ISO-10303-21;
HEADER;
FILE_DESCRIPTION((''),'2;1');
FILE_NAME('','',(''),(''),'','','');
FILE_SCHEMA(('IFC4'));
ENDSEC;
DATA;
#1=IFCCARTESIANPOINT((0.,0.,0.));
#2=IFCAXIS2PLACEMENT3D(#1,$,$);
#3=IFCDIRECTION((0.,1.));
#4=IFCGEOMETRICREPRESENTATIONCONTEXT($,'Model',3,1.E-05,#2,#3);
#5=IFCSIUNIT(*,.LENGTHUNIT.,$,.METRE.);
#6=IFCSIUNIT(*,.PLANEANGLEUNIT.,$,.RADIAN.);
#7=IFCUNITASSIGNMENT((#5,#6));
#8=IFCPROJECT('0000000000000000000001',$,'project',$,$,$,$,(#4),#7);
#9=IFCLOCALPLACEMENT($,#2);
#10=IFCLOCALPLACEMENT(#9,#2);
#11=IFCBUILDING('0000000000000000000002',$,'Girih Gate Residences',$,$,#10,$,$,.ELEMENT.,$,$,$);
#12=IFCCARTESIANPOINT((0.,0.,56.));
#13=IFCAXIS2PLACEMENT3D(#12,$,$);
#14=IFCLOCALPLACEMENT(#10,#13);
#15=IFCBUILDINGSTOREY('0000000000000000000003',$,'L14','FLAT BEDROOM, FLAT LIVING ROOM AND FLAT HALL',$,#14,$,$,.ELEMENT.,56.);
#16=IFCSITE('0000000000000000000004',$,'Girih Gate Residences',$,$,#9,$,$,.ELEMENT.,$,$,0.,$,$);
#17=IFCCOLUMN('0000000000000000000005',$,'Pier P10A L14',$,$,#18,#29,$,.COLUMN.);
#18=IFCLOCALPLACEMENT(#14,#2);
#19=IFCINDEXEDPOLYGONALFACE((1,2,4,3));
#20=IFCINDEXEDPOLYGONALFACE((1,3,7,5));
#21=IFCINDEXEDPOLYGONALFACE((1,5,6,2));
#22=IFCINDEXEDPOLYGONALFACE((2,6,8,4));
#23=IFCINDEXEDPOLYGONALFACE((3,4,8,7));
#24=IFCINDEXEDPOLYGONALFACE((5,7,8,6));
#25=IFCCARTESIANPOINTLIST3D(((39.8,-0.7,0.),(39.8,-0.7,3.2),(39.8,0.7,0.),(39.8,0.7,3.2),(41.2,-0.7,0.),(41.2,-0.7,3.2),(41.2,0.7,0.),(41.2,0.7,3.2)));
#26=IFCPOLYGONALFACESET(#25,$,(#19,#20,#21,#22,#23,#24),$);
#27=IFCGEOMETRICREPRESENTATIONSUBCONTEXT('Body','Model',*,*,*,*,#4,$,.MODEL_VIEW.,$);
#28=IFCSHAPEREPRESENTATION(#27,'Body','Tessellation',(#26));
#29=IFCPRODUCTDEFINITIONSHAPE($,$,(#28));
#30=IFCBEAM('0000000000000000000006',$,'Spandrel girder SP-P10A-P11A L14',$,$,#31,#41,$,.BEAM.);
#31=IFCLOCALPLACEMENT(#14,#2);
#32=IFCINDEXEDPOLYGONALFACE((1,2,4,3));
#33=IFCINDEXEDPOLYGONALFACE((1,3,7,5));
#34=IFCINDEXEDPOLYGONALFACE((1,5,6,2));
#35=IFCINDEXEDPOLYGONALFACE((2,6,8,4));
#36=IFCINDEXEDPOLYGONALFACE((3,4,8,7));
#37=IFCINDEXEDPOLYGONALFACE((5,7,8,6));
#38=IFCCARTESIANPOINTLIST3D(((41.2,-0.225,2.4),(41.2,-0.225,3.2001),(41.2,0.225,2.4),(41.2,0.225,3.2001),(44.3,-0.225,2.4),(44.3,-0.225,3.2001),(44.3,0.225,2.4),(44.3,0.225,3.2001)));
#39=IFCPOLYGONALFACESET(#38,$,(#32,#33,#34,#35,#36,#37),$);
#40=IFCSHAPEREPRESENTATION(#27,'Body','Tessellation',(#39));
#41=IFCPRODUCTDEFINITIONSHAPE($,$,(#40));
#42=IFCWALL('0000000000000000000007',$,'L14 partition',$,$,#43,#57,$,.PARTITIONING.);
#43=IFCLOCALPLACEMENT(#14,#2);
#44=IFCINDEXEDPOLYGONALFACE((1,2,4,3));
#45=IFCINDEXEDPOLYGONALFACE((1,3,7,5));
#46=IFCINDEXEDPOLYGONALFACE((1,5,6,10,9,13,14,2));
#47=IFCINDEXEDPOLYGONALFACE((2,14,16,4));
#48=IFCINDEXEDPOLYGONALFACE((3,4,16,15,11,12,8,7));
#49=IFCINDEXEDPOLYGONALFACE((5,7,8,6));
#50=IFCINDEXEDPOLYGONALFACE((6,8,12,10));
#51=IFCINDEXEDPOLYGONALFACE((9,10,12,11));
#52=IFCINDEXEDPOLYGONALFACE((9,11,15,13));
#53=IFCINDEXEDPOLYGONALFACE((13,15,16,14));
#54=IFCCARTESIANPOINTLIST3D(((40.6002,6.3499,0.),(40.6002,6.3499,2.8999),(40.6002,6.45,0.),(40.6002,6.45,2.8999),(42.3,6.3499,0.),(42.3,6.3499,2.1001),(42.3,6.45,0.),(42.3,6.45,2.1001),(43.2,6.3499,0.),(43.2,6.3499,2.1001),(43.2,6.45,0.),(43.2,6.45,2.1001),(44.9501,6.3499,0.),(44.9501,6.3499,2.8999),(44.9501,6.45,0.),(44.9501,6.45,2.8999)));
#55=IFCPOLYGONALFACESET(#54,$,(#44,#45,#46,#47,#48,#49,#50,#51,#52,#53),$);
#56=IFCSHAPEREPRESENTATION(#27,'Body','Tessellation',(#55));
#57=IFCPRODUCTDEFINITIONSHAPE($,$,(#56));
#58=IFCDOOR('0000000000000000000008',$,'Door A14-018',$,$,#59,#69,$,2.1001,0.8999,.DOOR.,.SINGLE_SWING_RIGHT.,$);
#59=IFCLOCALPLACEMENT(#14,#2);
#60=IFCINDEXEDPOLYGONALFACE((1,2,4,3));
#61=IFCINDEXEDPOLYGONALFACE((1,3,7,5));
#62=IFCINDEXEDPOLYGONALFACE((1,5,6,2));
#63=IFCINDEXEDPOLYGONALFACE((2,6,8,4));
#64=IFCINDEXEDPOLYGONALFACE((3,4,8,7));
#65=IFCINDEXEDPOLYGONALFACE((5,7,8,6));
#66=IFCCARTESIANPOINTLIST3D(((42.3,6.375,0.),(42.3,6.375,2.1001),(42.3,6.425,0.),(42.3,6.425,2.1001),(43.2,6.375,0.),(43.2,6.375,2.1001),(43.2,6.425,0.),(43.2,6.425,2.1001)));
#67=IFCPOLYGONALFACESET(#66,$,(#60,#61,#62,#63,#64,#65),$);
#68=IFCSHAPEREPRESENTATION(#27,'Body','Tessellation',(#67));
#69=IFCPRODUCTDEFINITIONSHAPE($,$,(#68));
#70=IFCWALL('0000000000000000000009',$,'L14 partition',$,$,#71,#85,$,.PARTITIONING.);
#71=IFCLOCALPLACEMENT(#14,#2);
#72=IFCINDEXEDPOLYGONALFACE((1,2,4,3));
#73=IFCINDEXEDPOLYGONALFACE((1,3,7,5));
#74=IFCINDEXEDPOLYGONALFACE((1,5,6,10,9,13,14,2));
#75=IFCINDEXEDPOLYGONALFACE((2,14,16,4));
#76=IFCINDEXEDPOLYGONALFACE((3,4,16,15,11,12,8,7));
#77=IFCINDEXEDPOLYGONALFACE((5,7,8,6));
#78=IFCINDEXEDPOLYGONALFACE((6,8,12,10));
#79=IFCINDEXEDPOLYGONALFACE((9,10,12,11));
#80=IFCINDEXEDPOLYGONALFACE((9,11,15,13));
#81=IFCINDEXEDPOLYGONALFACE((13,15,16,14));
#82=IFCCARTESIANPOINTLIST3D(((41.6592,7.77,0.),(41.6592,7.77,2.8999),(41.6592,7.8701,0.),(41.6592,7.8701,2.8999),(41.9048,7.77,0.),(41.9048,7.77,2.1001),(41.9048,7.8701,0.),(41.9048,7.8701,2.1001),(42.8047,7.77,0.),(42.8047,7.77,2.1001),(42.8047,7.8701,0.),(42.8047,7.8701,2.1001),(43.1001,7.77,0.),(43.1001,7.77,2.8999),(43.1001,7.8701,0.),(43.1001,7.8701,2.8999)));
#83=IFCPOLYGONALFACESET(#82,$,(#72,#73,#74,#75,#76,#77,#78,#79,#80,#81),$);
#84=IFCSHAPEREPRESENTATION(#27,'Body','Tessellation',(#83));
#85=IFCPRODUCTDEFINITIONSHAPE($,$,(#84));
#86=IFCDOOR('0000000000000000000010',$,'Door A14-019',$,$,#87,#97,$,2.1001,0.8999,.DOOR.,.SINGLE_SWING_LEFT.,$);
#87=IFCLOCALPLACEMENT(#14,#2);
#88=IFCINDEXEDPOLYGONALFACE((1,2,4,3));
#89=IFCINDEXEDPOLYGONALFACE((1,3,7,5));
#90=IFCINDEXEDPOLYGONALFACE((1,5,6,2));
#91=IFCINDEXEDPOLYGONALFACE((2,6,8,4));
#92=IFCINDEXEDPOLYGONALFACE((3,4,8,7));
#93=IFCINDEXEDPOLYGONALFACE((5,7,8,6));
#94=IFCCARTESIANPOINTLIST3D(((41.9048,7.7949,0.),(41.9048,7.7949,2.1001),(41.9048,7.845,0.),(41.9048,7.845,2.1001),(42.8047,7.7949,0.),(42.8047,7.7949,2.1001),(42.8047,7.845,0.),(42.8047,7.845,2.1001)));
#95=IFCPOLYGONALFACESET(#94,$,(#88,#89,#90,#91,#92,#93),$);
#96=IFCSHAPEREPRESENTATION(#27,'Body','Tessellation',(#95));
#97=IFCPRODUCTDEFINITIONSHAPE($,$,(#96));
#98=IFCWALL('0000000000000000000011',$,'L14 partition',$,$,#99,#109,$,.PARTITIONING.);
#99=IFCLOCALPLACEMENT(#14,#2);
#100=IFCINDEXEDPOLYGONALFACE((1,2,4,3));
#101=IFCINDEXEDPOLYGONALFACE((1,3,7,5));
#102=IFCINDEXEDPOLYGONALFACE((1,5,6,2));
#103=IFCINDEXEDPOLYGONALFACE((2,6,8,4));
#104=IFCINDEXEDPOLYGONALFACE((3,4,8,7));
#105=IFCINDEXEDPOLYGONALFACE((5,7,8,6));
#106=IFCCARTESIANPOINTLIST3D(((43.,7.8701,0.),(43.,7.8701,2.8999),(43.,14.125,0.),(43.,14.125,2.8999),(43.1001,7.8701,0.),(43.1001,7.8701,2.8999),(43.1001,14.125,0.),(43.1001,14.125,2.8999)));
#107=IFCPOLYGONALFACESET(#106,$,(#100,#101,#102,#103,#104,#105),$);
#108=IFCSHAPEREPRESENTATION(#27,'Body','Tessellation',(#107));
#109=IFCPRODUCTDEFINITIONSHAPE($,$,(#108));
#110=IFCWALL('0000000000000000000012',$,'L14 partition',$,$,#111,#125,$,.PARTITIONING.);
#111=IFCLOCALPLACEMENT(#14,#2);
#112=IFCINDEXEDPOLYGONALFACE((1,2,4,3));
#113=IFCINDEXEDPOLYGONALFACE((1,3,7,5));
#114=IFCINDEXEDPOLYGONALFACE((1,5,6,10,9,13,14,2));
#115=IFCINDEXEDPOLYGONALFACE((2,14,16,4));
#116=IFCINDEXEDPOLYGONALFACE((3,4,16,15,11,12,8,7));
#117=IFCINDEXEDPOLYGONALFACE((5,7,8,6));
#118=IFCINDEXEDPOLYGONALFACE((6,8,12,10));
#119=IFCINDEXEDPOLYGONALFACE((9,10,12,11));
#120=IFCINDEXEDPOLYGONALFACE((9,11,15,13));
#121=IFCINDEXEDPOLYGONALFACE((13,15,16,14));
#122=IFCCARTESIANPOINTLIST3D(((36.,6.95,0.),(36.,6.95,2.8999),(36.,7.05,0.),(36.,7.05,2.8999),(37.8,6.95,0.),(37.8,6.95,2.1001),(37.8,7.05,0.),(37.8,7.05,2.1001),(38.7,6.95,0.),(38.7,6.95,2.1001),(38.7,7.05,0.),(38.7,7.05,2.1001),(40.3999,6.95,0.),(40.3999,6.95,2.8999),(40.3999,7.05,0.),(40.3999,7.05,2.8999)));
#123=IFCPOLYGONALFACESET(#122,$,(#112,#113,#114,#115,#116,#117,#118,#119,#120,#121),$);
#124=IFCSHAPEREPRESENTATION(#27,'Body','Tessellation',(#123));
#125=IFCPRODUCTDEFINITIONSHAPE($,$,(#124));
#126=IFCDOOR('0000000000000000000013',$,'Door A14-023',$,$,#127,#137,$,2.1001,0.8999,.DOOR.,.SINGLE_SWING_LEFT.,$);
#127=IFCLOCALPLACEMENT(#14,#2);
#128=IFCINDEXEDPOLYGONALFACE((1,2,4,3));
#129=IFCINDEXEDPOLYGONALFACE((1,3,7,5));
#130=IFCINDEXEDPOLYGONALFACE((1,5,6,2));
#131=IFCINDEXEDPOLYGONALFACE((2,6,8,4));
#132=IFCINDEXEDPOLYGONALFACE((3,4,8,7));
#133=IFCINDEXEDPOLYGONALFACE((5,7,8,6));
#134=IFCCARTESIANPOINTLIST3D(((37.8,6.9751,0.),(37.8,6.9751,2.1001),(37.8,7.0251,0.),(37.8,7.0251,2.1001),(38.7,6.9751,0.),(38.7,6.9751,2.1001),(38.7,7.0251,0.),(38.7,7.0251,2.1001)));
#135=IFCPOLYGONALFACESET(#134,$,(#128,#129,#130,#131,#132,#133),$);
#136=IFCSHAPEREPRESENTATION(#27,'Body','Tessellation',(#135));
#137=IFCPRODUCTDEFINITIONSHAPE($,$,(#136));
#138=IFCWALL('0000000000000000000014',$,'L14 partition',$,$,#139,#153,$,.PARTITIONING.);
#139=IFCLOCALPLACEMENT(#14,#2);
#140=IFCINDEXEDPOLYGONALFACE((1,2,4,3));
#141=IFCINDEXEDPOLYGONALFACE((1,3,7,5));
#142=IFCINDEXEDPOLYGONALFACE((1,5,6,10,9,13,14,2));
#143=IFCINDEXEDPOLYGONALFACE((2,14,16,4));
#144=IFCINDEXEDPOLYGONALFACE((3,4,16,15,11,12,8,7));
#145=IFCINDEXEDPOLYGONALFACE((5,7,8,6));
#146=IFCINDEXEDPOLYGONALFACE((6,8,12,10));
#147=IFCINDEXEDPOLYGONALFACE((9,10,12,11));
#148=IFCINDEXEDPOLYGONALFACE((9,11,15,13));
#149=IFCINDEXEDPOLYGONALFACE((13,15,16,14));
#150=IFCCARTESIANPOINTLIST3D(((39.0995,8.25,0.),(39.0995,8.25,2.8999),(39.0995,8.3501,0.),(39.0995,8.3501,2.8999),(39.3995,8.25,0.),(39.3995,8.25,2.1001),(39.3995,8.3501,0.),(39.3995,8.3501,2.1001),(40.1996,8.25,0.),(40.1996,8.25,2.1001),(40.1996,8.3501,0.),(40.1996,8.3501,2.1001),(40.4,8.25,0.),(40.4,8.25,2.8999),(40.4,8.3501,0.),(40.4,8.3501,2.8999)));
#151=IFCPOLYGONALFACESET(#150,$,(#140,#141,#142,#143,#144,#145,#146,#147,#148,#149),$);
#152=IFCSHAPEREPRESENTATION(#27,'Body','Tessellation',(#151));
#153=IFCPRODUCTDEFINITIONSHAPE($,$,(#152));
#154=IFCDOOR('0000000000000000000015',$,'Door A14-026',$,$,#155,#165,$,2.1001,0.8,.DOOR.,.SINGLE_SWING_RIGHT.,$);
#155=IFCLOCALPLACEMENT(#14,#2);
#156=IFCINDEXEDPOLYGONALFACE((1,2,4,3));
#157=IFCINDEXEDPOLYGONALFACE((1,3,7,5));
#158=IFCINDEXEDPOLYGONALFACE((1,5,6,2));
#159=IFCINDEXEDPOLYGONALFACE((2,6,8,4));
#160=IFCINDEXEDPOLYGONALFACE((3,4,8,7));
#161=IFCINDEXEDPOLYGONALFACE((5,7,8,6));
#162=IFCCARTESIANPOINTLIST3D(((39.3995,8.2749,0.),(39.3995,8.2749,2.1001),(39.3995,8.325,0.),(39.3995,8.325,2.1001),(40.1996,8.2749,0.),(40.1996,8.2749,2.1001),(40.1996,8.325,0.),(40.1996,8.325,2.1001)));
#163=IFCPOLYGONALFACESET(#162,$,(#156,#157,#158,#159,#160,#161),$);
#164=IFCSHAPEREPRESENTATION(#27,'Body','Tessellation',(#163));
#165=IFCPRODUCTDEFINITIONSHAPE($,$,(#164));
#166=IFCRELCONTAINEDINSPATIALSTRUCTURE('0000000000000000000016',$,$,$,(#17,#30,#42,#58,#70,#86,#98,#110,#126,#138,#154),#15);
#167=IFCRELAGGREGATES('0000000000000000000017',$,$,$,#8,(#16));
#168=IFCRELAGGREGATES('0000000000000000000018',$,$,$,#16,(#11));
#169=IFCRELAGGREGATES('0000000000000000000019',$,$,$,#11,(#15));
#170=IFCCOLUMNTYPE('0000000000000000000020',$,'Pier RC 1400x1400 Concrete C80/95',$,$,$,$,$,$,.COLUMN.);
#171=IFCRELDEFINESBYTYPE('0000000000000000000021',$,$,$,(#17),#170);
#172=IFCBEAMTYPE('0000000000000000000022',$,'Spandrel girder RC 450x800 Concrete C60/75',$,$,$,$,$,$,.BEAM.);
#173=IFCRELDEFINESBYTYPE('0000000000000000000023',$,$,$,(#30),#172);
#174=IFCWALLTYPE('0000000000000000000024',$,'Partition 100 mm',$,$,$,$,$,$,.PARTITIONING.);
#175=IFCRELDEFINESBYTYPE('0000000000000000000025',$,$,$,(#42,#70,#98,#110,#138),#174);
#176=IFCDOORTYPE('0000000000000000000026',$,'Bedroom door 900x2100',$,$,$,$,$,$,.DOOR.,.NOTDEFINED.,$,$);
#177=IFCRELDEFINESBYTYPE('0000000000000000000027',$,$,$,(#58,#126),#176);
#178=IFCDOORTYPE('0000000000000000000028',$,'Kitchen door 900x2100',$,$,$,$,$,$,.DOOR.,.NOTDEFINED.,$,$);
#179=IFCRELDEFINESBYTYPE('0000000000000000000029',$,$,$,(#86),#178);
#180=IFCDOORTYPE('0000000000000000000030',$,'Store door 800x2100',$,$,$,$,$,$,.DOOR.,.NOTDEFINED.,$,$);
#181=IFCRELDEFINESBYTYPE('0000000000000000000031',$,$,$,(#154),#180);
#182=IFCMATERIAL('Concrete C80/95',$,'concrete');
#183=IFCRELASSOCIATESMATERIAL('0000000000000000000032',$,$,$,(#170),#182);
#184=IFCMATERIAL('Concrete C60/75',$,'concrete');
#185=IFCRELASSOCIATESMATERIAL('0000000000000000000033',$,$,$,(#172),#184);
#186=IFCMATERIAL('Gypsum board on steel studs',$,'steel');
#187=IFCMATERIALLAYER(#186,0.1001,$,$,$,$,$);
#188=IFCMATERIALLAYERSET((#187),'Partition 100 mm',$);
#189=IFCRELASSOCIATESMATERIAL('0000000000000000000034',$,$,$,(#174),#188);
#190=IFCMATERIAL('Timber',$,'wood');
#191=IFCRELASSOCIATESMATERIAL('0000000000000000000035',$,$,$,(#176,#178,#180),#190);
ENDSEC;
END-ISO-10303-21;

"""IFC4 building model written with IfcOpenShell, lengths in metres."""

from ifc_helpers import new_model, si_unit, direction, frame, frame_2d, origin, origin_2d, place, context, subcontext, project, spatial, rectangle, extrude, material, layer, layer_set, material_profile, profile_set, type_object, element, fill, save


model = new_model("IFC4")

# Units and contexts
model_context = context("Model", 3, precision=1e-05, world=origin(), true_north=direction((0.0, 1.0)))
body_context = subcontext(model_context, "Body", "Model", "MODEL_VIEW")
ifc_project = project(units=[si_unit("LENGTHUNIT", "METRE"), si_unit("PLANEANGLEUNIT", "RADIAN")], contexts=[model_context])

# Site, building, storey
site_placement = place(None, origin())
site = spatial("IfcSite", under=ifc_project, at=site_placement, Name="Girih Gate Residences", CompositionType="ELEMENT", RefElevation=0.0)
building_placement = place(site_placement, origin())
building = spatial("IfcBuilding", under=site, at=building_placement, Name="Girih Gate Residences", CompositionType="ELEMENT")
storey_placement = place(building_placement, frame((0.0, 0.0, 56.0)))
storey = spatial("IfcBuildingStorey", under=building, at=storey_placement, Name="L14", Description="FLAT BEDROOM, FLAT LIVING ROOM AND FLAT HALL", CompositionType="ELEMENT", Elevation=56.0)

# Column
ifc_material_1 = material(Name="Concrete C80/95", Category="concrete")
ifc_material_profile_1 = material_profile(ifc_material_1, rectangle(XDim=1.3999, YDim=1.3999, at=origin_2d()))
ifc_profile_set_1 = profile_set([ifc_material_profile_1], Name="Concrete C80/95")
column_type = type_object("IfcColumnType", Name="Pier RC 1400x1400 Concrete C80/95", PredefinedType="COLUMN", material=ifc_profile_set_1)
column_placement = place(storey_placement, frame((40.5, 0.0, 0.0), z_axis=(0.0, 0.0, 1.0), x_axis=(1.0, 0.0, 0.0)))
element("IfcColumn", 1, at=column_placement, inside=storey, type_object=column_type, Name="Pier P10A L14", PredefinedType="COLUMN", context=body_context, shape_type="SweptSolid", body=[
    extrude(rectangle(XDim=1.3999, YDim=1.3999, at=origin_2d()), origin(), (0.0, 0.0, 1.0), 3.2),
])

# Beam
ifc_material_2 = material(Name="Concrete C60/75", Category="concrete")
ifc_material_profile_2 = material_profile(ifc_material_2, rectangle(XDim=0.45, YDim=0.8, at=origin_2d()))
ifc_profile_set_2 = profile_set([ifc_material_profile_2], Name="Concrete C60/75")
beam_type = type_object("IfcBeamType", Name="Spandrel girder RC 450x800 Concrete C60/75", PredefinedType="BEAM", material=ifc_profile_set_2)
beam_placement = place(storey_placement, frame((41.2, 0.0, 2.8), z_axis=(1.0, 0.0, 0.0), x_axis=(0.0, 1.0, 0.0)))
element("IfcBeam", 2, at=beam_placement, inside=storey, type_object=beam_type, Name="Spandrel girder SP-P10A-P11A L14", PredefinedType="BEAM", context=body_context, shape_type="SweptSolid", body=[
    extrude(rectangle(XDim=0.45, YDim=0.8, at=origin_2d()), origin(), (0.0, 0.0, 1.0), 3.1001),
])

# Walls, openings, doors
ifc_material_3 = material(Name="Gypsum board on steel studs", Category="steel")
ifc_layer_1 = layer(ifc_material_3, 0.1001)
ifc_layer_set_1 = layer_set([ifc_layer_1], Name="Partition 100 mm")
wall_type_1 = type_object("IfcWallType", Name="Partition 100 mm", PredefinedType="PARTITIONING", material=ifc_layer_set_1)
wall_1_placement = place(storey_placement, frame((44.95, 6.3999, 0.0), z_axis=(0.0, 0.0, 1.0), x_axis=(-1.0, 0.0, 0.0)))
wall_1 = element("IfcWall", 3, at=wall_1_placement, inside=storey, type_object=wall_type_1, Name="L14 partition", PredefinedType="PARTITIONING", context=body_context, shape_type="SweptSolid", body=[
    extrude(rectangle(XDim=4.3499, YDim=0.1001, at=frame_2d((2.1748, 0.0))), origin(), (0.0, 0.0, 1.0), 2.8999),
])
opening_1_placement = place(wall_1_placement, frame((1.75, 0.0, 0.0)))
opening_1 = element("IfcOpeningElement", 4, at=opening_1_placement, cuts=wall_1, PredefinedType="OPENING", context=body_context, shape_type="SweptSolid", body=[
    extrude(rectangle(XDim=0.8999, YDim=2.1001, at=frame_2d((0.45, 1.05))), frame((0.0, 0.0601, 0.0), z_axis=(0.0, -1.0, 0.0), x_axis=(1.0, 0.0, 0.0)), (0.0, 0.0, 1.0), 0.1201),
])
ifc_material_4 = material(Name="Timber", Category="wood")
door_type_1 = type_object("IfcDoorType", Name="Bedroom door 900x2100", OperationType="NOTDEFINED", PredefinedType="DOOR", material=ifc_material_4)
door_1_placement = place(opening_1_placement, origin())
door_1 = element("IfcDoor", 5, at=door_1_placement, inside=storey, type_object=door_type_1, Name="Door A14-018", OperationType="SINGLE_SWING_RIGHT", OverallHeight=2.1001, OverallWidth=0.8999, PredefinedType="DOOR", context=body_context, shape_type="SweptSolid", body=[
    extrude(rectangle(XDim=0.8999, YDim=2.1001, at=frame_2d((0.45, 1.05))), frame((0.0, 0.0249, 0.0), z_axis=(0.0, -1.0, 0.0), x_axis=(1.0, 0.0, 0.0)), (0.0, 0.0, 1.0), 0.05),
])
fill(opening_1, door_1)
wall_2_placement = place(storey_placement, frame((41.6592, 7.8201, 0.0), z_axis=(0.0, 0.0, 1.0), x_axis=(1.0, 0.0, 0.0)))
wall_2 = element("IfcWall", 6, at=wall_2_placement, inside=storey, type_object=wall_type_1, Name="L14 partition", PredefinedType="PARTITIONING", context=body_context, shape_type="SweptSolid", body=[
    extrude(rectangle(XDim=1.4409, YDim=0.1001, at=frame_2d((0.7205, 0.0))), origin(), (0.0, 0.0, 1.0), 2.8999),
])
opening_2_placement = place(wall_2_placement, frame((0.2456, 0.0, 0.0)))
opening_2 = element("IfcOpeningElement", 7, at=opening_2_placement, cuts=wall_2, PredefinedType="OPENING", context=body_context, shape_type="SweptSolid", body=[
    extrude(rectangle(XDim=0.8999, YDim=2.1001, at=frame_2d((0.45, 1.05))), frame((0.0, 0.0601, 0.0), z_axis=(0.0, -1.0, 0.0), x_axis=(1.0, 0.0, 0.0)), (0.0, 0.0, 1.0), 0.1201),
])
door_type_2 = type_object("IfcDoorType", Name="Kitchen door 900x2100", OperationType="NOTDEFINED", PredefinedType="DOOR", material=ifc_material_4)
door_2_placement = place(opening_2_placement, origin())
door_2 = element("IfcDoor", 8, at=door_2_placement, inside=storey, type_object=door_type_2, Name="Door A14-019", OperationType="SINGLE_SWING_LEFT", OverallHeight=2.1001, OverallWidth=0.8999, PredefinedType="DOOR", context=body_context, shape_type="SweptSolid", body=[
    extrude(rectangle(XDim=0.8999, YDim=2.1001, at=frame_2d((0.45, 1.05))), frame((0.0, 0.0249, 0.0), z_axis=(0.0, -1.0, 0.0), x_axis=(1.0, 0.0, 0.0)), (0.0, 0.0, 1.0), 0.05),
])
fill(opening_2, door_2)

# Wall
wall_3_placement = place(storey_placement, frame((43.05, 7.8701, 0.0), z_axis=(0.0, 0.0, 1.0), x_axis=(0.0, 1.0, 0.0)))
element("IfcWall", 9, at=wall_3_placement, inside=storey, type_object=wall_type_1, Name="L14 partition", PredefinedType="PARTITIONING", context=body_context, shape_type="SweptSolid", body=[
    extrude(rectangle(XDim=6.2549, YDim=0.1001, at=frame_2d((3.1274, 0.0))), origin(), (0.0, 0.0, 1.0), 2.8999),
])

# Walls, openings, doors
wall_4_placement = place(storey_placement, frame((40.3999, 7.0, 0.0), z_axis=(0.0, 0.0, 1.0), x_axis=(-1.0, 0.0, 0.0)))
wall_4 = element("IfcWall", 10, at=wall_4_placement, inside=storey, type_object=wall_type_1, Name="L14 partition", PredefinedType="PARTITIONING", context=body_context, shape_type="SweptSolid", body=[
    extrude(rectangle(XDim=4.3999, YDim=0.1001, at=frame_2d((2.2, 0.0))), origin(), (0.0, 0.0, 1.0), 2.8999),
])
opening_3_placement = place(wall_4_placement, frame((1.7, 0.0, 0.0)))
opening_3 = element("IfcOpeningElement", 11, at=opening_3_placement, cuts=wall_4, PredefinedType="OPENING", context=body_context, shape_type="SweptSolid", body=[
    extrude(rectangle(XDim=0.8999, YDim=2.1001, at=frame_2d((0.45, 1.05))), frame((0.0, 0.0601, 0.0), z_axis=(0.0, -1.0, 0.0), x_axis=(1.0, 0.0, 0.0)), (0.0, 0.0, 1.0), 0.1201),
])
door_3_placement = place(opening_3_placement, origin())
door_3 = element("IfcDoor", 12, at=door_3_placement, inside=storey, type_object=door_type_1, Name="Door A14-023", OperationType="SINGLE_SWING_LEFT", OverallHeight=2.1001, OverallWidth=0.8999, PredefinedType="DOOR", context=body_context, shape_type="SweptSolid", body=[
    extrude(rectangle(XDim=0.8999, YDim=2.1001, at=frame_2d((0.45, 1.05))), frame((0.0, 0.0249, 0.0), z_axis=(0.0, -1.0, 0.0), x_axis=(1.0, 0.0, 0.0)), (0.0, 0.0, 1.0), 0.05),
])
fill(opening_3, door_3)
wall_5_placement = place(storey_placement, frame((39.0994, 8.3, 0.0), z_axis=(0.0, 0.0, 1.0), x_axis=(1.0, 0.0, 0.0)))
wall_5 = element("IfcWall", 13, at=wall_5_placement, inside=storey, type_object=wall_type_1, Name="L14 partition", PredefinedType="PARTITIONING", context=body_context, shape_type="SweptSolid", body=[
    extrude(rectangle(XDim=1.3005, YDim=0.1001, at=frame_2d((0.6504, 0.0))), origin(), (0.0, 0.0, 1.0), 2.8999),
])
opening_4_placement = place(wall_5_placement, frame((0.3003, 0.0, 0.0)))
opening_4 = element("IfcOpeningElement", 14, at=opening_4_placement, cuts=wall_5, PredefinedType="OPENING", context=body_context, shape_type="SweptSolid", body=[
    extrude(rectangle(XDim=0.8, YDim=2.1001, at=frame_2d((0.3999, 1.05))), frame((0.0, 0.0601, 0.0), z_axis=(0.0, -1.0, 0.0), x_axis=(1.0, 0.0, 0.0)), (0.0, 0.0, 1.0), 0.1201),
])
door_type_3 = type_object("IfcDoorType", Name="Store door 800x2100", OperationType="NOTDEFINED", PredefinedType="DOOR", material=ifc_material_4)
door_4_placement = place(opening_4_placement, origin())
door_4 = element("IfcDoor", 15, at=door_4_placement, inside=storey, type_object=door_type_3, Name="Door A14-026", OperationType="SINGLE_SWING_RIGHT", OverallHeight=2.1001, OverallWidth=0.8, PredefinedType="DOOR", context=body_context, shape_type="SweptSolid", body=[
    extrude(rectangle(XDim=0.8, YDim=2.1001, at=frame_2d((0.3999, 1.05))), frame((0.0, 0.0249, 0.0), z_axis=(0.0, -1.0, 0.0), x_axis=(1.0, 0.0, 0.0)), (0.0, 0.0, 1.0), 0.05),
])
fill(opening_4, door_4)

save(model, "model.ifc")
